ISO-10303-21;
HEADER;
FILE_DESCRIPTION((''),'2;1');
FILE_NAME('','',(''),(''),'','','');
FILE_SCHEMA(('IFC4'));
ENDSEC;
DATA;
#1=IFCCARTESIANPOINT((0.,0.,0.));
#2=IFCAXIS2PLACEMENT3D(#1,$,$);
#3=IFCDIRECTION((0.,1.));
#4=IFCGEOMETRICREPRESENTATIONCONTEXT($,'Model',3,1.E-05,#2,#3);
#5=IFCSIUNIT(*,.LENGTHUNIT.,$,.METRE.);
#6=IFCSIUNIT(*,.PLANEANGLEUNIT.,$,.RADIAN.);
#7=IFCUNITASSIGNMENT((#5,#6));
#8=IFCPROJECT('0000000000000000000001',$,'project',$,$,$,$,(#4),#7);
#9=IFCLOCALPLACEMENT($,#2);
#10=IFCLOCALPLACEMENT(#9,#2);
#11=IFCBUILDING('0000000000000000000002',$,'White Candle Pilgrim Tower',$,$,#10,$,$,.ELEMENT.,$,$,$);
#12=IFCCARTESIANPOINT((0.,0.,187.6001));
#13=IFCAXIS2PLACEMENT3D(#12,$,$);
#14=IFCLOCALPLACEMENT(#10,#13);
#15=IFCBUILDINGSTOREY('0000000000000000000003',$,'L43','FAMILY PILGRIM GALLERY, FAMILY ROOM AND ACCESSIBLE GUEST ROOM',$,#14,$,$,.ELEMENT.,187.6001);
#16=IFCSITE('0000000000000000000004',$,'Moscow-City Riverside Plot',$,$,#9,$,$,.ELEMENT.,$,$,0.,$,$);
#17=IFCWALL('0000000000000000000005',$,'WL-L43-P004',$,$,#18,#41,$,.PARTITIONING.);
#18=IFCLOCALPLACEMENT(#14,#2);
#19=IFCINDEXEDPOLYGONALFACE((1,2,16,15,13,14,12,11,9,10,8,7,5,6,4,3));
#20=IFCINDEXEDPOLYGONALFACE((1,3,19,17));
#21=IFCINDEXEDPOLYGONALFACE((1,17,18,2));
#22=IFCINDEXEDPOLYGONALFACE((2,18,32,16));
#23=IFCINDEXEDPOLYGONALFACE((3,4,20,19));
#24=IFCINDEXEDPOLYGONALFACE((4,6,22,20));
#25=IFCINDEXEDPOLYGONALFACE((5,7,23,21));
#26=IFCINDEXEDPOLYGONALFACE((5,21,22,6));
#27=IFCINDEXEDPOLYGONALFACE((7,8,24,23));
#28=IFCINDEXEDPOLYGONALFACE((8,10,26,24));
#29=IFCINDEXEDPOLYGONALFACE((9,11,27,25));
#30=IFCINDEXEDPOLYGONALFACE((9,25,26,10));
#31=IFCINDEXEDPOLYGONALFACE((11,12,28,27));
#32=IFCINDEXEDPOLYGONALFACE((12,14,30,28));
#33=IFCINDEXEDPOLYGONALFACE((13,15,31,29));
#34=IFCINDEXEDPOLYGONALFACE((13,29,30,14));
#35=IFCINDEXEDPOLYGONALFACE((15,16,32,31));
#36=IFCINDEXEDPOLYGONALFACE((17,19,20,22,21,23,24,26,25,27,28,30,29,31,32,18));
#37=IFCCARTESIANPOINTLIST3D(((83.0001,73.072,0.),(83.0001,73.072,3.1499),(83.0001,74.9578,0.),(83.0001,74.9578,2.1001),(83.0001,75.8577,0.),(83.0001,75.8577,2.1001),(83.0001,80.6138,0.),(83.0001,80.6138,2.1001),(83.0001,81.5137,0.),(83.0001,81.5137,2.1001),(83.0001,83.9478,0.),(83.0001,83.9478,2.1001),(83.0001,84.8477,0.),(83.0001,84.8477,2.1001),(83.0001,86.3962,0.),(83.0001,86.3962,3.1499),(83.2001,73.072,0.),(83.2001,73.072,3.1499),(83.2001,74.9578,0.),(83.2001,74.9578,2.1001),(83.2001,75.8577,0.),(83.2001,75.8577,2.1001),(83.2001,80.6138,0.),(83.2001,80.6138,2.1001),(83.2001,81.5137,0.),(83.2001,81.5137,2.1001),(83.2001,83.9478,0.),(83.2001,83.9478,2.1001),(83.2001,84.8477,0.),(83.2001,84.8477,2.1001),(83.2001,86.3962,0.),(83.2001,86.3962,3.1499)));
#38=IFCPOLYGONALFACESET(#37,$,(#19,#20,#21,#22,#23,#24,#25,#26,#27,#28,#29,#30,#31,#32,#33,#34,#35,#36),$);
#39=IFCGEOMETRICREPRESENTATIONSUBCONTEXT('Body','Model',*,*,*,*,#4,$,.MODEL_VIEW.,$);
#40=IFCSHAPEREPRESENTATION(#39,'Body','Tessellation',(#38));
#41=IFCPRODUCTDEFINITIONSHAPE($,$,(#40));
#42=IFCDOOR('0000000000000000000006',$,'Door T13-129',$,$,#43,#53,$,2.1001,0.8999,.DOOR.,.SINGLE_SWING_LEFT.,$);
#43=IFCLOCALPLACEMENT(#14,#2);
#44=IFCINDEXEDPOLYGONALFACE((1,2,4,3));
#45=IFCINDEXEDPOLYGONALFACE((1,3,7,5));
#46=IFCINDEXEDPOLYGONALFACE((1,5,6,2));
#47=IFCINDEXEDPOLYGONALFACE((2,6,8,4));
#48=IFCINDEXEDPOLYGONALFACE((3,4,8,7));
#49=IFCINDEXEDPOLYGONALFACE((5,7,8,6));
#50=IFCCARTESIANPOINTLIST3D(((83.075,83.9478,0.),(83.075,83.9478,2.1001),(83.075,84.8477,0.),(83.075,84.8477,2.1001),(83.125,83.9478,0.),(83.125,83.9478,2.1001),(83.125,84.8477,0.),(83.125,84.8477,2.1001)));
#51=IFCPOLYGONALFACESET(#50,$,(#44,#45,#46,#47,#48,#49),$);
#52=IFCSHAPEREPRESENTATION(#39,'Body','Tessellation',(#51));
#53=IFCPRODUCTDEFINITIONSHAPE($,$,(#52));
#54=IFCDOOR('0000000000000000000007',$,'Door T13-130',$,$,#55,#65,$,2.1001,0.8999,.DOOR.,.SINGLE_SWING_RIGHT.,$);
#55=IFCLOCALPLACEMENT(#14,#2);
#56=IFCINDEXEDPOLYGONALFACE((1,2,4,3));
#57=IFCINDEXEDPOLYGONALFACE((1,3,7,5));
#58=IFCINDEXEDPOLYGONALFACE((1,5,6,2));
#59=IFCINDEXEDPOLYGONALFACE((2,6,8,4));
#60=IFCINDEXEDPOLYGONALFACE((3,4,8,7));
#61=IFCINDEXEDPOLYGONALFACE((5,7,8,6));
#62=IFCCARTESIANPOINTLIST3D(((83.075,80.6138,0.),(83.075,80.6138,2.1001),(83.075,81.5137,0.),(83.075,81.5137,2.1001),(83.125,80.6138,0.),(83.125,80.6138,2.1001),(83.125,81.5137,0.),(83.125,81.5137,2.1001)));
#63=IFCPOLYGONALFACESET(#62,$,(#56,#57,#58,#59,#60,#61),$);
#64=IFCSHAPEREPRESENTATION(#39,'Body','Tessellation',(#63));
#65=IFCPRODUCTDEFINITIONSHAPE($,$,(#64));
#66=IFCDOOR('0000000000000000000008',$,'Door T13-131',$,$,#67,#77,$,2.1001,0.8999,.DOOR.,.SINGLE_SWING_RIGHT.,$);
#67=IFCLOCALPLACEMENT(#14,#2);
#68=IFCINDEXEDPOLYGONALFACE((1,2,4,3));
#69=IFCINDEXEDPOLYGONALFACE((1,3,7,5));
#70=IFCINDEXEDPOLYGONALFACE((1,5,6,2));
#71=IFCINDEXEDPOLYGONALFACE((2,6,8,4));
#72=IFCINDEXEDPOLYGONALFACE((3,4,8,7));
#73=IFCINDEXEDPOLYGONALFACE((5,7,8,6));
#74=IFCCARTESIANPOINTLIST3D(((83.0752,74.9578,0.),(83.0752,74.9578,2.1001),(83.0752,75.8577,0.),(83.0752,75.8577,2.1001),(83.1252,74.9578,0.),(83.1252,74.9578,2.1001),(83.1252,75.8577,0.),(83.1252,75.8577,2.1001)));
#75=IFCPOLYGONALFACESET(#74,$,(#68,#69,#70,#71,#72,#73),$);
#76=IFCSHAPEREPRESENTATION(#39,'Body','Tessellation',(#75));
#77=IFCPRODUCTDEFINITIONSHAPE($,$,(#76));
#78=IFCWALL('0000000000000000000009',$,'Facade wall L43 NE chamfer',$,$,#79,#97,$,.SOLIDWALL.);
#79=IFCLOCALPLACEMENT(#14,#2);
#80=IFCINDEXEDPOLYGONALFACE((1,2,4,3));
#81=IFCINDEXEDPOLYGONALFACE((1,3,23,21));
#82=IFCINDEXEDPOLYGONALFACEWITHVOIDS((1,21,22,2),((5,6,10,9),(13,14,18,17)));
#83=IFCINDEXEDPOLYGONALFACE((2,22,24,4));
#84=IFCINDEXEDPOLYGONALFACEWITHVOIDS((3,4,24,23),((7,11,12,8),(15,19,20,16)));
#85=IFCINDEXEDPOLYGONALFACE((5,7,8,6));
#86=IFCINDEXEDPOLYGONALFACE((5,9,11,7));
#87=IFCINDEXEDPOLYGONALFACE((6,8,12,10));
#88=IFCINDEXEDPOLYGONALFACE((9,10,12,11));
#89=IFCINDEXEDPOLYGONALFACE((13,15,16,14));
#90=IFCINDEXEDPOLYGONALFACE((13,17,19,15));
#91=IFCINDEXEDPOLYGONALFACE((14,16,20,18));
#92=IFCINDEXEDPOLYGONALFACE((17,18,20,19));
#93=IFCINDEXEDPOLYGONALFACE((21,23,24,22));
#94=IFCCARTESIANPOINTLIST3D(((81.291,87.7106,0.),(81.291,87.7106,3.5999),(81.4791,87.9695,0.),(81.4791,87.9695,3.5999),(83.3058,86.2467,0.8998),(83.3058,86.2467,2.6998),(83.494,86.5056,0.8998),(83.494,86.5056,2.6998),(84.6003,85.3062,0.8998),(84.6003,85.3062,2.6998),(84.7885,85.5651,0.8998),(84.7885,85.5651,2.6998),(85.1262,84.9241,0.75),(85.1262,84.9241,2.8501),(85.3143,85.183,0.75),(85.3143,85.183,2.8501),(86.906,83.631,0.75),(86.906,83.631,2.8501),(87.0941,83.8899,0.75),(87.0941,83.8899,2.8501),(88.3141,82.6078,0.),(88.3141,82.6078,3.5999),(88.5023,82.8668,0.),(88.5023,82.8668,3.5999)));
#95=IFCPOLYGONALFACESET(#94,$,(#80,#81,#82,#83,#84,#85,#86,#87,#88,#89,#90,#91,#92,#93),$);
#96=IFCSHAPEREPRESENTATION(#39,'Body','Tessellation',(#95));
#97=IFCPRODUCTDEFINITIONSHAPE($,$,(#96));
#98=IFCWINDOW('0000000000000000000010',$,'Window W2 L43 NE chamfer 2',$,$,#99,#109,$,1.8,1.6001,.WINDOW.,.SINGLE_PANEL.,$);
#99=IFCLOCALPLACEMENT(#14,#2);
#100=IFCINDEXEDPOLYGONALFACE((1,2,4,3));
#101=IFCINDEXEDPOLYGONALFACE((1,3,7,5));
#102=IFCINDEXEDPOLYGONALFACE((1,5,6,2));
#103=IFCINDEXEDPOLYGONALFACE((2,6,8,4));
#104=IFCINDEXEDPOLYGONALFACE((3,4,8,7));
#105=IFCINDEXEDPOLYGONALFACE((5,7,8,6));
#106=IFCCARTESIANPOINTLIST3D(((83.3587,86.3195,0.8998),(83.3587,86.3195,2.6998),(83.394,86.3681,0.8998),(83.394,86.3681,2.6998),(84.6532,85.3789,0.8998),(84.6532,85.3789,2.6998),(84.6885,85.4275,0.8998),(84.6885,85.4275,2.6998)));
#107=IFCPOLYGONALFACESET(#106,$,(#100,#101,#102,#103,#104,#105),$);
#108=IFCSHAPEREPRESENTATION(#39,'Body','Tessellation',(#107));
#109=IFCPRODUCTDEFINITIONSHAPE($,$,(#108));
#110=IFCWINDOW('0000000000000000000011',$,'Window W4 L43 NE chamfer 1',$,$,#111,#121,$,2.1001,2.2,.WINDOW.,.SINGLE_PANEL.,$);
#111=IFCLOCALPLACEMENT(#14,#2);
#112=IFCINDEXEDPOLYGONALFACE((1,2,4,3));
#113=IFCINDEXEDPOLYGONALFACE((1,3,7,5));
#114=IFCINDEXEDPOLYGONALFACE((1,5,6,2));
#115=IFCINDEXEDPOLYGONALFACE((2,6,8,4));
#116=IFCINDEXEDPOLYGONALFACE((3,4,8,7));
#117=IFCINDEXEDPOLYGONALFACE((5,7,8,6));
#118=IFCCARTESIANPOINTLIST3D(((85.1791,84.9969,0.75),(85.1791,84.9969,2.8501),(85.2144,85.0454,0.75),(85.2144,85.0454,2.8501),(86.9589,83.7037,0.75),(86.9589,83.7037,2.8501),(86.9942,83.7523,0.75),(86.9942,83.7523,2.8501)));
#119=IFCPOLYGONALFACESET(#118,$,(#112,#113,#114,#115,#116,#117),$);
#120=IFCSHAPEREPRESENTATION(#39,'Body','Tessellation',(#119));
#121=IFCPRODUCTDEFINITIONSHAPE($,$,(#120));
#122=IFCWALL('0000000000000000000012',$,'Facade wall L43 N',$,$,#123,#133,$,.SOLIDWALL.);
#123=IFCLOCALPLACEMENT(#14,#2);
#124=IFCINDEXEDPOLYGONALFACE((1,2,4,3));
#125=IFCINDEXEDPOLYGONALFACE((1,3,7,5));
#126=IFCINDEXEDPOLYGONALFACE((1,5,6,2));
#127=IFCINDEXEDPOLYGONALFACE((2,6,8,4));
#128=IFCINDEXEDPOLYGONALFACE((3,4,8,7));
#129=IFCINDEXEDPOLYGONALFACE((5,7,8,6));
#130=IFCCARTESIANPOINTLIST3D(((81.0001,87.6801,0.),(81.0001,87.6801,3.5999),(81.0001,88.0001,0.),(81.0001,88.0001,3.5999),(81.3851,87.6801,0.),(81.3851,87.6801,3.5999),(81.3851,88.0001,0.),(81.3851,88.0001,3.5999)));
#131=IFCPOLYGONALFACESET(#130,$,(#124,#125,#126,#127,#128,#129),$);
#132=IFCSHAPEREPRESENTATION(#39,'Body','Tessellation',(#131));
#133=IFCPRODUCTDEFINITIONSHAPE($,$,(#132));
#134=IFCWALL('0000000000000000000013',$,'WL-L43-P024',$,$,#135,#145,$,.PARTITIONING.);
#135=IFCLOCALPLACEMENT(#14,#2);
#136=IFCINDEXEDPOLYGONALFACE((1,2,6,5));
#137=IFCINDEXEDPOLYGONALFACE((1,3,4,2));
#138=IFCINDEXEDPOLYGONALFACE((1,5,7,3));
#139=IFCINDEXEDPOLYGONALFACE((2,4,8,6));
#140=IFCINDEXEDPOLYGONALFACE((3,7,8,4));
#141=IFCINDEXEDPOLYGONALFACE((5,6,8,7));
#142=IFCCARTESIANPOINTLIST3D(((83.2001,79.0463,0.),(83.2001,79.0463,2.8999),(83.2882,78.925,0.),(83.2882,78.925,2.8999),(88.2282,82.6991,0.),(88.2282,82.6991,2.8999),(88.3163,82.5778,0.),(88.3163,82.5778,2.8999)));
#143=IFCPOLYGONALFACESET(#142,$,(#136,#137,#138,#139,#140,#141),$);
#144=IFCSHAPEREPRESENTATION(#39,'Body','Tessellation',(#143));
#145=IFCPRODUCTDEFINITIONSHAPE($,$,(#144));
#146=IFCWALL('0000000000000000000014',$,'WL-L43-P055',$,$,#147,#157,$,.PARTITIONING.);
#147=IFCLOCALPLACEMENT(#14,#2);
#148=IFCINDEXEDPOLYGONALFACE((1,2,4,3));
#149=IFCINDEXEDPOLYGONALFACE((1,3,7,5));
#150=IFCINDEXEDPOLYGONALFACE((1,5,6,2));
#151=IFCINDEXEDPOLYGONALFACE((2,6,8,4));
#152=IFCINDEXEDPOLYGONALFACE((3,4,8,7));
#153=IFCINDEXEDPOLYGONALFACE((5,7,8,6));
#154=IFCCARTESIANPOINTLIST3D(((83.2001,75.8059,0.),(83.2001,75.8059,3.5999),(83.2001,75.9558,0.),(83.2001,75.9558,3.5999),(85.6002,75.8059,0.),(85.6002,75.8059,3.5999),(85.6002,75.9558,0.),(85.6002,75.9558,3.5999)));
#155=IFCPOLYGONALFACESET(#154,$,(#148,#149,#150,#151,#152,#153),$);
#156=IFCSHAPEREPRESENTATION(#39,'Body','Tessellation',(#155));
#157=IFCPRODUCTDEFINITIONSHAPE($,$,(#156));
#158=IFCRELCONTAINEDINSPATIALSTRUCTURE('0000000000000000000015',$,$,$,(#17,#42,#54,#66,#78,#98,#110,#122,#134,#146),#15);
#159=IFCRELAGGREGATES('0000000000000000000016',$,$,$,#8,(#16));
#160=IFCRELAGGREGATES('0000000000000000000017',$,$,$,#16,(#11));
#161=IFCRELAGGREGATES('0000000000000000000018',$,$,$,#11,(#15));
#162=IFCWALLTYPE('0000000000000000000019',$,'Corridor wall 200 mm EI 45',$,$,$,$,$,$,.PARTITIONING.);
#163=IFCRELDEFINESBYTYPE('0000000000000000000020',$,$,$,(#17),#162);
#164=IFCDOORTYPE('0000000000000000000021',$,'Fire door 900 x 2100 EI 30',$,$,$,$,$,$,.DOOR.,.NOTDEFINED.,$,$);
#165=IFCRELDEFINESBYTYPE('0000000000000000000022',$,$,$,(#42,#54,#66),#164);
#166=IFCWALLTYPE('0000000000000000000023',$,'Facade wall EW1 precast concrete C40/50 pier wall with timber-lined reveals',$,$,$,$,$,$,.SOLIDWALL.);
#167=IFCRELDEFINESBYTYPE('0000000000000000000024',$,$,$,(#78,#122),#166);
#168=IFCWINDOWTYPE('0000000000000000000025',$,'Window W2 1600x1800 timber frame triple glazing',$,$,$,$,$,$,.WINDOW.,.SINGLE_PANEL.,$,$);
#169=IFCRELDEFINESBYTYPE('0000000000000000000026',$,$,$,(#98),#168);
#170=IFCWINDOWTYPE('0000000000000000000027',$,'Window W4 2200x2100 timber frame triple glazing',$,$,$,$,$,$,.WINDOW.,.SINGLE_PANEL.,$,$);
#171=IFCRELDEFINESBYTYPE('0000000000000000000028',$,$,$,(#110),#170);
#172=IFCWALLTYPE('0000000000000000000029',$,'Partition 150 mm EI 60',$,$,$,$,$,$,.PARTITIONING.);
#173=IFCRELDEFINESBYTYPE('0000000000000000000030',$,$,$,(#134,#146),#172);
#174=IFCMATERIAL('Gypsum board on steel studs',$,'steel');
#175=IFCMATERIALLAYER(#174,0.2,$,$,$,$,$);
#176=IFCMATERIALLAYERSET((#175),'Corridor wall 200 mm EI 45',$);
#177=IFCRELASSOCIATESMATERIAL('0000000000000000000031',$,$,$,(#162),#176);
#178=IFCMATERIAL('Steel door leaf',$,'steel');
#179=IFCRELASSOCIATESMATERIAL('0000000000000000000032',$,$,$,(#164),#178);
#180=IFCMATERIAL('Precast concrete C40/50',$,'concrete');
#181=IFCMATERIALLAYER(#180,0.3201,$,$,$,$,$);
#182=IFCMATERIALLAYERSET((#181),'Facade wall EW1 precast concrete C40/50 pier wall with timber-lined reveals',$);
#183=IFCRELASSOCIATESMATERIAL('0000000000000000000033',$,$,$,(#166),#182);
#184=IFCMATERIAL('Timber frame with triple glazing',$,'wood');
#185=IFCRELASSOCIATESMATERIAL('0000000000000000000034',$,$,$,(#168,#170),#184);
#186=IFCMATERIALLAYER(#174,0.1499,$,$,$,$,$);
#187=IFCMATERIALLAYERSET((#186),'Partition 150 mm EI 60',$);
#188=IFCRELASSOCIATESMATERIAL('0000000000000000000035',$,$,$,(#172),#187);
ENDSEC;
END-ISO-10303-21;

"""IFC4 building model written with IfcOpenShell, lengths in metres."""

from ifc_helpers import new_model, si_unit, direction, frame, frame_2d, origin, place, context, subcontext, project, spatial, rectangle, extrude, material, layer, layer_set, type_object, element, fill, save


model = new_model("IFC4")

# Units and contexts
model_context = context("Model", 3, precision=1e-05, world=origin(), true_north=direction((0.0, 1.0)))
body_context = subcontext(model_context, "Body", "Model", "MODEL_VIEW")
ifc_project = project(units=[si_unit("LENGTHUNIT", "METRE"), si_unit("PLANEANGLEUNIT", "RADIAN")], contexts=[model_context])

# Site, building, storey
site_placement = place(None, origin())
site = spatial("IfcSite", under=ifc_project, at=site_placement, Name="Moscow-City Riverside Plot", CompositionType="ELEMENT", RefElevation=0.0)
building_placement = place(site_placement, origin())
building = spatial("IfcBuilding", under=site, at=building_placement, Name="White Candle Pilgrim Tower", CompositionType="ELEMENT")
storey_placement = place(building_placement, frame((0.0, 0.0, 187.6001)))
storey = spatial("IfcBuildingStorey", under=building, at=storey_placement, Name="L43", Description="FAMILY PILGRIM GALLERY, FAMILY ROOM AND ACCESSIBLE GUEST ROOM", CompositionType="ELEMENT", Elevation=187.6001)

# Shared definitions
ifc_material_1 = material(Name="Steel door leaf", Category="steel")

# Wall, openings, doors
ifc_material_2 = material(Name="Gypsum board on steel studs", Category="steel")
ifc_layer_1 = layer(ifc_material_2, 0.2)
ifc_layer_set_1 = layer_set([ifc_layer_1], Name="Corridor wall 200 mm EI 45")
wall_type_1 = type_object("IfcWallType", Name="Corridor wall 200 mm EI 45", PredefinedType="PARTITIONING", material=ifc_layer_set_1)
wall_1_placement = place(storey_placement, frame((83.1001, 86.3962, 0.0), z_axis=(0.0, 0.0, 1.0), x_axis=(0.0, -1.0, 0.0)))
wall_1 = element("IfcWall", 1, at=wall_1_placement, inside=storey, type_object=wall_type_1, Name="WL-L43-P004", PredefinedType="PARTITIONING", context=body_context, shape_type="SweptSolid", body=[
    extrude(rectangle(XDim=13.3242, YDim=0.2, at=frame_2d((6.6621, 0.0))), origin(), (0.0, 0.0, 1.0), 3.1499),
])
opening_1_placement = place(wall_1_placement, frame((1.5486, 0.0, 0.0)))
opening_1 = element("IfcOpeningElement", 2, at=opening_1_placement, cuts=wall_1, PredefinedType="OPENING", context=body_context, shape_type="SweptSolid", body=[
    extrude(rectangle(XDim=0.8999, YDim=2.1001, at=frame_2d((0.45, 1.05))), frame((0.0, 0.1099, 0.0), z_axis=(0.0, -1.0, 0.0), x_axis=(1.0, 0.0, 0.0)), (0.0, 0.0, 1.0), 0.22),
])
opening_2_placement = place(wall_1_placement, frame((4.8826, 0.0, 0.0)))
opening_2 = element("IfcOpeningElement", 3, at=opening_2_placement, cuts=wall_1, PredefinedType="OPENING", context=body_context, shape_type="SweptSolid", body=[
    extrude(rectangle(XDim=0.8999, YDim=2.1001, at=frame_2d((0.45, 1.05))), frame((0.0, 0.1099, 0.0), z_axis=(0.0, -1.0, 0.0), x_axis=(1.0, 0.0, 0.0)), (0.0, 0.0, 1.0), 0.22),
])
opening_3_placement = place(wall_1_placement, frame((10.5386, 0.0, 0.0)))
opening_3 = element("IfcOpeningElement", 4, at=opening_3_placement, cuts=wall_1, PredefinedType="OPENING", context=body_context, shape_type="SweptSolid", body=[
    extrude(rectangle(XDim=0.8999, YDim=2.1001, at=frame_2d((0.45, 1.05))), frame((0.0, 0.1099, 0.0), z_axis=(0.0, -1.0, 0.0), x_axis=(1.0, 0.0, 0.0)), (0.0, 0.0, 1.0), 0.22),
])
door_type_1 = type_object("IfcDoorType", Name="Fire door 900 x 2100 EI 30", OperationType="NOTDEFINED", PredefinedType="DOOR", material=ifc_material_1)
door_1_placement = place(opening_1_placement, origin())
door_1 = element("IfcDoor", 5, at=door_1_placement, inside=storey, type_object=door_type_1, Name="Door T13-129", OperationType="SINGLE_SWING_LEFT", OverallHeight=2.1001, OverallWidth=0.8999, PredefinedType="DOOR", context=body_context, shape_type="SweptSolid", body=[
    extrude(rectangle(XDim=0.8999, YDim=2.1001, at=frame_2d((0.45, 1.05))), frame((0.0, 0.0249, 0.0), z_axis=(0.0, -1.0, 0.0), x_axis=(1.0, 0.0, 0.0)), (0.0, 0.0, 1.0), 0.05),
])
fill(opening_1, door_1)
door_2_placement = place(opening_2_placement, origin())
door_2 = element("IfcDoor", 6, at=door_2_placement, inside=storey, type_object=door_type_1, Name="Door T13-130", OperationType="SINGLE_SWING_RIGHT", OverallHeight=2.1001, OverallWidth=0.8999, PredefinedType="DOOR", context=body_context, shape_type="SweptSolid", body=[
    extrude(rectangle(XDim=0.8999, YDim=2.1001, at=frame_2d((0.45, 1.05))), frame((0.0, 0.0249, 0.0), z_axis=(0.0, -1.0, 0.0), x_axis=(1.0, 0.0, 0.0)), (0.0, 0.0, 1.0), 0.05),
])
fill(opening_2, door_2)
door_3_placement = place(opening_3_placement, frame((0.8999, 0.0, 0.0), z_axis=(0.0, 0.0, 1.0), x_axis=(-1.0, 0.0, 0.0)))
door_3 = element("IfcDoor", 7, at=door_3_placement, inside=storey, type_object=door_type_1, Name="Door T13-131", OperationType="SINGLE_SWING_RIGHT", OverallHeight=2.1001, OverallWidth=0.8999, PredefinedType="DOOR", context=body_context, shape_type="SweptSolid", body=[
    extrude(rectangle(XDim=0.8999, YDim=2.1001, at=frame_2d((0.45, 1.05))), frame((0.0, 0.0249, 0.0), z_axis=(0.0, -1.0, 0.0), x_axis=(1.0, 0.0, 0.0)), (0.0, 0.0, 1.0), 0.05),
])
fill(opening_3, door_3)

# Wall, openings, windows
ifc_material_3 = material(Name="Precast concrete C40/50", Category="concrete")
ifc_layer_2 = layer(ifc_material_3, 0.3201)
ifc_layer_set_2 = layer_set([ifc_layer_2], Name="Facade wall EW1 precast concrete C40/50 pier wall with timber-lined reveals")
wall_type_2 = type_object("IfcWallType", Name="Facade wall EW1 precast concrete C40/50 pier wall with timber-lined reveals", PredefinedType="SOLIDWALL", material=ifc_layer_set_2)
wall_2_placement = place(storey_placement, frame((88.4082, 82.7373, 0.0), z_axis=(0.0, 0.0, 1.0), x_axis=(-0.80901, 0.587795, 0.0)))
wall_2 = element("IfcWall", 8, at=wall_2_placement, inside=storey, type_object=wall_type_2, Name="Facade wall L43 NE chamfer", PredefinedType="SOLIDWALL", context=body_context, shape_type="SweptSolid", body=[
    extrude(rectangle(XDim=8.6812, YDim=0.3201, at=frame_2d((4.3406, 0.0))), origin(), (0.0, 0.0, 1.0), 3.5999),
])
opening_4_placement = place(wall_2_placement, frame((1.7405, 0.0, 0.75)))
opening_4 = element("IfcOpeningElement", 9, at=opening_4_placement, cuts=wall_2, PredefinedType="OPENING", context=body_context, shape_type="SweptSolid", body=[
    extrude(rectangle(XDim=2.2, YDim=2.1001, at=frame_2d((1.1001, 1.05))), frame((0.0, 0.1699, 0.0), z_axis=(0.0, -1.0, 0.0), x_axis=(1.0, 0.0, 0.0)), (0.0, 0.0, 1.0), 0.3401),
])
opening_5_placement = place(wall_2_placement, frame((4.5906, 0.0, 0.8999)))
opening_5 = element("IfcOpeningElement", 10, at=opening_5_placement, cuts=wall_2, PredefinedType="OPENING", context=body_context, shape_type="SweptSolid", body=[
    extrude(rectangle(XDim=1.6001, YDim=1.8, at=frame_2d((0.8, 0.8999))), frame((0.0, 0.1699, 0.0), z_axis=(0.0, -1.0, 0.0), x_axis=(1.0, 0.0, 0.0)), (0.0, 0.0, 1.0), 0.3401),
])
ifc_material_4 = material(Name="Timber frame with triple glazing", Category="wood")
window_type_1 = type_object("IfcWindowType", Name="Window W2 1600x1800 timber frame triple glazing", PartitioningType="SINGLE_PANEL", PredefinedType="WINDOW", material=ifc_material_4)
window_1_placement = place(opening_5_placement, origin())
window_1 = element("IfcWindow", 11, at=window_1_placement, inside=storey, type_object=window_type_1, Name="Window W2 L43 NE chamfer 2", OverallHeight=1.8, OverallWidth=1.6001, PartitioningType="SINGLE_PANEL", PredefinedType="WINDOW", context=body_context, shape_type="SweptSolid", body=[
    extrude(rectangle(XDim=1.6001, YDim=1.8, at=frame_2d((0.8, 0.8999))), frame((0.0, 0.0701, 0.0), z_axis=(0.0, -1.0, 0.0), x_axis=(1.0, 0.0, 0.0)), (0.0, 0.0, 1.0), 0.0601),
])
fill(opening_5, window_1)
window_type_2 = type_object("IfcWindowType", Name="Window W4 2200x2100 timber frame triple glazing", PartitioningType="SINGLE_PANEL", PredefinedType="WINDOW", material=ifc_material_4)
window_2_placement = place(opening_4_placement, origin())
window_2 = element("IfcWindow", 12, at=window_2_placement, inside=storey, type_object=window_type_2, Name="Window W4 L43 NE chamfer 1", OverallHeight=2.1001, OverallWidth=2.2, PartitioningType="SINGLE_PANEL", PredefinedType="WINDOW", context=body_context, shape_type="SweptSolid", body=[
    extrude(rectangle(XDim=2.2, YDim=2.1001, at=frame_2d((1.1001, 1.05))), frame((0.0, 0.0701, 0.0), z_axis=(0.0, -1.0, 0.0), x_axis=(1.0, 0.0, 0.0)), (0.0, 0.0, 1.0), 0.0601),
])
fill(opening_4, window_2)

# Walls
wall_3_placement = place(storey_placement, frame((81.385, 87.8401, 0.0), z_axis=(0.0, 0.0, 1.0), x_axis=(-1.0, 0.0, 0.0)))
element("IfcWall", 13, at=wall_3_placement, inside=storey, type_object=wall_type_2, Name="Facade wall L43 N", PredefinedType="SOLIDWALL", context=body_context, shape_type="SweptSolid", body=[
    extrude(rectangle(XDim=0.385, YDim=0.3201, at=frame_2d((0.1924, 0.0))), origin(), (0.0, 0.0, 1.0), 3.5999),
])
ifc_layer_3 = layer(ifc_material_2, 0.1499)
ifc_layer_set_3 = layer_set([ifc_layer_3], Name="Partition 150 mm EI 60")
wall_type_3 = type_object("IfcWallType", Name="Partition 150 mm EI 60", PredefinedType="PARTITIONING", material=ifc_layer_set_3)
wall_4_placement = place(storey_placement, frame((88.2722, 82.6384, 0.0), z_axis=(0.0, 0.0, 1.0), x_axis=(-0.809038, -0.587756, 0.0)))
element("IfcWall", 14, at=wall_4_placement, inside=storey, type_object=wall_type_3, Name="WL-L43-P024", PredefinedType="PARTITIONING", context=body_context, shape_type="SweptSolid", body=[
    extrude(rectangle(XDim=6.2148, YDim=0.1499, at=frame_2d((3.1074, 0.0))), origin(), (0.0, 0.0, 1.0), 2.8999),
])
wall_5_placement = place(storey_placement, frame((83.2, 75.8809, 0.0), z_axis=(0.0, 0.0, 1.0), x_axis=(1.0, 0.0, 0.0)))
element("IfcWall", 15, at=wall_5_placement, inside=storey, type_object=wall_type_3, Name="WL-L43-P055", PredefinedType="PARTITIONING", context=body_context, shape_type="SweptSolid", body=[
    extrude(rectangle(XDim=2.4001, YDim=0.1499, at=frame_2d((1.2002, 0.0))), origin(), (0.0, 0.0, 1.0), 3.5999),
])

save(model, "model.ifc")
